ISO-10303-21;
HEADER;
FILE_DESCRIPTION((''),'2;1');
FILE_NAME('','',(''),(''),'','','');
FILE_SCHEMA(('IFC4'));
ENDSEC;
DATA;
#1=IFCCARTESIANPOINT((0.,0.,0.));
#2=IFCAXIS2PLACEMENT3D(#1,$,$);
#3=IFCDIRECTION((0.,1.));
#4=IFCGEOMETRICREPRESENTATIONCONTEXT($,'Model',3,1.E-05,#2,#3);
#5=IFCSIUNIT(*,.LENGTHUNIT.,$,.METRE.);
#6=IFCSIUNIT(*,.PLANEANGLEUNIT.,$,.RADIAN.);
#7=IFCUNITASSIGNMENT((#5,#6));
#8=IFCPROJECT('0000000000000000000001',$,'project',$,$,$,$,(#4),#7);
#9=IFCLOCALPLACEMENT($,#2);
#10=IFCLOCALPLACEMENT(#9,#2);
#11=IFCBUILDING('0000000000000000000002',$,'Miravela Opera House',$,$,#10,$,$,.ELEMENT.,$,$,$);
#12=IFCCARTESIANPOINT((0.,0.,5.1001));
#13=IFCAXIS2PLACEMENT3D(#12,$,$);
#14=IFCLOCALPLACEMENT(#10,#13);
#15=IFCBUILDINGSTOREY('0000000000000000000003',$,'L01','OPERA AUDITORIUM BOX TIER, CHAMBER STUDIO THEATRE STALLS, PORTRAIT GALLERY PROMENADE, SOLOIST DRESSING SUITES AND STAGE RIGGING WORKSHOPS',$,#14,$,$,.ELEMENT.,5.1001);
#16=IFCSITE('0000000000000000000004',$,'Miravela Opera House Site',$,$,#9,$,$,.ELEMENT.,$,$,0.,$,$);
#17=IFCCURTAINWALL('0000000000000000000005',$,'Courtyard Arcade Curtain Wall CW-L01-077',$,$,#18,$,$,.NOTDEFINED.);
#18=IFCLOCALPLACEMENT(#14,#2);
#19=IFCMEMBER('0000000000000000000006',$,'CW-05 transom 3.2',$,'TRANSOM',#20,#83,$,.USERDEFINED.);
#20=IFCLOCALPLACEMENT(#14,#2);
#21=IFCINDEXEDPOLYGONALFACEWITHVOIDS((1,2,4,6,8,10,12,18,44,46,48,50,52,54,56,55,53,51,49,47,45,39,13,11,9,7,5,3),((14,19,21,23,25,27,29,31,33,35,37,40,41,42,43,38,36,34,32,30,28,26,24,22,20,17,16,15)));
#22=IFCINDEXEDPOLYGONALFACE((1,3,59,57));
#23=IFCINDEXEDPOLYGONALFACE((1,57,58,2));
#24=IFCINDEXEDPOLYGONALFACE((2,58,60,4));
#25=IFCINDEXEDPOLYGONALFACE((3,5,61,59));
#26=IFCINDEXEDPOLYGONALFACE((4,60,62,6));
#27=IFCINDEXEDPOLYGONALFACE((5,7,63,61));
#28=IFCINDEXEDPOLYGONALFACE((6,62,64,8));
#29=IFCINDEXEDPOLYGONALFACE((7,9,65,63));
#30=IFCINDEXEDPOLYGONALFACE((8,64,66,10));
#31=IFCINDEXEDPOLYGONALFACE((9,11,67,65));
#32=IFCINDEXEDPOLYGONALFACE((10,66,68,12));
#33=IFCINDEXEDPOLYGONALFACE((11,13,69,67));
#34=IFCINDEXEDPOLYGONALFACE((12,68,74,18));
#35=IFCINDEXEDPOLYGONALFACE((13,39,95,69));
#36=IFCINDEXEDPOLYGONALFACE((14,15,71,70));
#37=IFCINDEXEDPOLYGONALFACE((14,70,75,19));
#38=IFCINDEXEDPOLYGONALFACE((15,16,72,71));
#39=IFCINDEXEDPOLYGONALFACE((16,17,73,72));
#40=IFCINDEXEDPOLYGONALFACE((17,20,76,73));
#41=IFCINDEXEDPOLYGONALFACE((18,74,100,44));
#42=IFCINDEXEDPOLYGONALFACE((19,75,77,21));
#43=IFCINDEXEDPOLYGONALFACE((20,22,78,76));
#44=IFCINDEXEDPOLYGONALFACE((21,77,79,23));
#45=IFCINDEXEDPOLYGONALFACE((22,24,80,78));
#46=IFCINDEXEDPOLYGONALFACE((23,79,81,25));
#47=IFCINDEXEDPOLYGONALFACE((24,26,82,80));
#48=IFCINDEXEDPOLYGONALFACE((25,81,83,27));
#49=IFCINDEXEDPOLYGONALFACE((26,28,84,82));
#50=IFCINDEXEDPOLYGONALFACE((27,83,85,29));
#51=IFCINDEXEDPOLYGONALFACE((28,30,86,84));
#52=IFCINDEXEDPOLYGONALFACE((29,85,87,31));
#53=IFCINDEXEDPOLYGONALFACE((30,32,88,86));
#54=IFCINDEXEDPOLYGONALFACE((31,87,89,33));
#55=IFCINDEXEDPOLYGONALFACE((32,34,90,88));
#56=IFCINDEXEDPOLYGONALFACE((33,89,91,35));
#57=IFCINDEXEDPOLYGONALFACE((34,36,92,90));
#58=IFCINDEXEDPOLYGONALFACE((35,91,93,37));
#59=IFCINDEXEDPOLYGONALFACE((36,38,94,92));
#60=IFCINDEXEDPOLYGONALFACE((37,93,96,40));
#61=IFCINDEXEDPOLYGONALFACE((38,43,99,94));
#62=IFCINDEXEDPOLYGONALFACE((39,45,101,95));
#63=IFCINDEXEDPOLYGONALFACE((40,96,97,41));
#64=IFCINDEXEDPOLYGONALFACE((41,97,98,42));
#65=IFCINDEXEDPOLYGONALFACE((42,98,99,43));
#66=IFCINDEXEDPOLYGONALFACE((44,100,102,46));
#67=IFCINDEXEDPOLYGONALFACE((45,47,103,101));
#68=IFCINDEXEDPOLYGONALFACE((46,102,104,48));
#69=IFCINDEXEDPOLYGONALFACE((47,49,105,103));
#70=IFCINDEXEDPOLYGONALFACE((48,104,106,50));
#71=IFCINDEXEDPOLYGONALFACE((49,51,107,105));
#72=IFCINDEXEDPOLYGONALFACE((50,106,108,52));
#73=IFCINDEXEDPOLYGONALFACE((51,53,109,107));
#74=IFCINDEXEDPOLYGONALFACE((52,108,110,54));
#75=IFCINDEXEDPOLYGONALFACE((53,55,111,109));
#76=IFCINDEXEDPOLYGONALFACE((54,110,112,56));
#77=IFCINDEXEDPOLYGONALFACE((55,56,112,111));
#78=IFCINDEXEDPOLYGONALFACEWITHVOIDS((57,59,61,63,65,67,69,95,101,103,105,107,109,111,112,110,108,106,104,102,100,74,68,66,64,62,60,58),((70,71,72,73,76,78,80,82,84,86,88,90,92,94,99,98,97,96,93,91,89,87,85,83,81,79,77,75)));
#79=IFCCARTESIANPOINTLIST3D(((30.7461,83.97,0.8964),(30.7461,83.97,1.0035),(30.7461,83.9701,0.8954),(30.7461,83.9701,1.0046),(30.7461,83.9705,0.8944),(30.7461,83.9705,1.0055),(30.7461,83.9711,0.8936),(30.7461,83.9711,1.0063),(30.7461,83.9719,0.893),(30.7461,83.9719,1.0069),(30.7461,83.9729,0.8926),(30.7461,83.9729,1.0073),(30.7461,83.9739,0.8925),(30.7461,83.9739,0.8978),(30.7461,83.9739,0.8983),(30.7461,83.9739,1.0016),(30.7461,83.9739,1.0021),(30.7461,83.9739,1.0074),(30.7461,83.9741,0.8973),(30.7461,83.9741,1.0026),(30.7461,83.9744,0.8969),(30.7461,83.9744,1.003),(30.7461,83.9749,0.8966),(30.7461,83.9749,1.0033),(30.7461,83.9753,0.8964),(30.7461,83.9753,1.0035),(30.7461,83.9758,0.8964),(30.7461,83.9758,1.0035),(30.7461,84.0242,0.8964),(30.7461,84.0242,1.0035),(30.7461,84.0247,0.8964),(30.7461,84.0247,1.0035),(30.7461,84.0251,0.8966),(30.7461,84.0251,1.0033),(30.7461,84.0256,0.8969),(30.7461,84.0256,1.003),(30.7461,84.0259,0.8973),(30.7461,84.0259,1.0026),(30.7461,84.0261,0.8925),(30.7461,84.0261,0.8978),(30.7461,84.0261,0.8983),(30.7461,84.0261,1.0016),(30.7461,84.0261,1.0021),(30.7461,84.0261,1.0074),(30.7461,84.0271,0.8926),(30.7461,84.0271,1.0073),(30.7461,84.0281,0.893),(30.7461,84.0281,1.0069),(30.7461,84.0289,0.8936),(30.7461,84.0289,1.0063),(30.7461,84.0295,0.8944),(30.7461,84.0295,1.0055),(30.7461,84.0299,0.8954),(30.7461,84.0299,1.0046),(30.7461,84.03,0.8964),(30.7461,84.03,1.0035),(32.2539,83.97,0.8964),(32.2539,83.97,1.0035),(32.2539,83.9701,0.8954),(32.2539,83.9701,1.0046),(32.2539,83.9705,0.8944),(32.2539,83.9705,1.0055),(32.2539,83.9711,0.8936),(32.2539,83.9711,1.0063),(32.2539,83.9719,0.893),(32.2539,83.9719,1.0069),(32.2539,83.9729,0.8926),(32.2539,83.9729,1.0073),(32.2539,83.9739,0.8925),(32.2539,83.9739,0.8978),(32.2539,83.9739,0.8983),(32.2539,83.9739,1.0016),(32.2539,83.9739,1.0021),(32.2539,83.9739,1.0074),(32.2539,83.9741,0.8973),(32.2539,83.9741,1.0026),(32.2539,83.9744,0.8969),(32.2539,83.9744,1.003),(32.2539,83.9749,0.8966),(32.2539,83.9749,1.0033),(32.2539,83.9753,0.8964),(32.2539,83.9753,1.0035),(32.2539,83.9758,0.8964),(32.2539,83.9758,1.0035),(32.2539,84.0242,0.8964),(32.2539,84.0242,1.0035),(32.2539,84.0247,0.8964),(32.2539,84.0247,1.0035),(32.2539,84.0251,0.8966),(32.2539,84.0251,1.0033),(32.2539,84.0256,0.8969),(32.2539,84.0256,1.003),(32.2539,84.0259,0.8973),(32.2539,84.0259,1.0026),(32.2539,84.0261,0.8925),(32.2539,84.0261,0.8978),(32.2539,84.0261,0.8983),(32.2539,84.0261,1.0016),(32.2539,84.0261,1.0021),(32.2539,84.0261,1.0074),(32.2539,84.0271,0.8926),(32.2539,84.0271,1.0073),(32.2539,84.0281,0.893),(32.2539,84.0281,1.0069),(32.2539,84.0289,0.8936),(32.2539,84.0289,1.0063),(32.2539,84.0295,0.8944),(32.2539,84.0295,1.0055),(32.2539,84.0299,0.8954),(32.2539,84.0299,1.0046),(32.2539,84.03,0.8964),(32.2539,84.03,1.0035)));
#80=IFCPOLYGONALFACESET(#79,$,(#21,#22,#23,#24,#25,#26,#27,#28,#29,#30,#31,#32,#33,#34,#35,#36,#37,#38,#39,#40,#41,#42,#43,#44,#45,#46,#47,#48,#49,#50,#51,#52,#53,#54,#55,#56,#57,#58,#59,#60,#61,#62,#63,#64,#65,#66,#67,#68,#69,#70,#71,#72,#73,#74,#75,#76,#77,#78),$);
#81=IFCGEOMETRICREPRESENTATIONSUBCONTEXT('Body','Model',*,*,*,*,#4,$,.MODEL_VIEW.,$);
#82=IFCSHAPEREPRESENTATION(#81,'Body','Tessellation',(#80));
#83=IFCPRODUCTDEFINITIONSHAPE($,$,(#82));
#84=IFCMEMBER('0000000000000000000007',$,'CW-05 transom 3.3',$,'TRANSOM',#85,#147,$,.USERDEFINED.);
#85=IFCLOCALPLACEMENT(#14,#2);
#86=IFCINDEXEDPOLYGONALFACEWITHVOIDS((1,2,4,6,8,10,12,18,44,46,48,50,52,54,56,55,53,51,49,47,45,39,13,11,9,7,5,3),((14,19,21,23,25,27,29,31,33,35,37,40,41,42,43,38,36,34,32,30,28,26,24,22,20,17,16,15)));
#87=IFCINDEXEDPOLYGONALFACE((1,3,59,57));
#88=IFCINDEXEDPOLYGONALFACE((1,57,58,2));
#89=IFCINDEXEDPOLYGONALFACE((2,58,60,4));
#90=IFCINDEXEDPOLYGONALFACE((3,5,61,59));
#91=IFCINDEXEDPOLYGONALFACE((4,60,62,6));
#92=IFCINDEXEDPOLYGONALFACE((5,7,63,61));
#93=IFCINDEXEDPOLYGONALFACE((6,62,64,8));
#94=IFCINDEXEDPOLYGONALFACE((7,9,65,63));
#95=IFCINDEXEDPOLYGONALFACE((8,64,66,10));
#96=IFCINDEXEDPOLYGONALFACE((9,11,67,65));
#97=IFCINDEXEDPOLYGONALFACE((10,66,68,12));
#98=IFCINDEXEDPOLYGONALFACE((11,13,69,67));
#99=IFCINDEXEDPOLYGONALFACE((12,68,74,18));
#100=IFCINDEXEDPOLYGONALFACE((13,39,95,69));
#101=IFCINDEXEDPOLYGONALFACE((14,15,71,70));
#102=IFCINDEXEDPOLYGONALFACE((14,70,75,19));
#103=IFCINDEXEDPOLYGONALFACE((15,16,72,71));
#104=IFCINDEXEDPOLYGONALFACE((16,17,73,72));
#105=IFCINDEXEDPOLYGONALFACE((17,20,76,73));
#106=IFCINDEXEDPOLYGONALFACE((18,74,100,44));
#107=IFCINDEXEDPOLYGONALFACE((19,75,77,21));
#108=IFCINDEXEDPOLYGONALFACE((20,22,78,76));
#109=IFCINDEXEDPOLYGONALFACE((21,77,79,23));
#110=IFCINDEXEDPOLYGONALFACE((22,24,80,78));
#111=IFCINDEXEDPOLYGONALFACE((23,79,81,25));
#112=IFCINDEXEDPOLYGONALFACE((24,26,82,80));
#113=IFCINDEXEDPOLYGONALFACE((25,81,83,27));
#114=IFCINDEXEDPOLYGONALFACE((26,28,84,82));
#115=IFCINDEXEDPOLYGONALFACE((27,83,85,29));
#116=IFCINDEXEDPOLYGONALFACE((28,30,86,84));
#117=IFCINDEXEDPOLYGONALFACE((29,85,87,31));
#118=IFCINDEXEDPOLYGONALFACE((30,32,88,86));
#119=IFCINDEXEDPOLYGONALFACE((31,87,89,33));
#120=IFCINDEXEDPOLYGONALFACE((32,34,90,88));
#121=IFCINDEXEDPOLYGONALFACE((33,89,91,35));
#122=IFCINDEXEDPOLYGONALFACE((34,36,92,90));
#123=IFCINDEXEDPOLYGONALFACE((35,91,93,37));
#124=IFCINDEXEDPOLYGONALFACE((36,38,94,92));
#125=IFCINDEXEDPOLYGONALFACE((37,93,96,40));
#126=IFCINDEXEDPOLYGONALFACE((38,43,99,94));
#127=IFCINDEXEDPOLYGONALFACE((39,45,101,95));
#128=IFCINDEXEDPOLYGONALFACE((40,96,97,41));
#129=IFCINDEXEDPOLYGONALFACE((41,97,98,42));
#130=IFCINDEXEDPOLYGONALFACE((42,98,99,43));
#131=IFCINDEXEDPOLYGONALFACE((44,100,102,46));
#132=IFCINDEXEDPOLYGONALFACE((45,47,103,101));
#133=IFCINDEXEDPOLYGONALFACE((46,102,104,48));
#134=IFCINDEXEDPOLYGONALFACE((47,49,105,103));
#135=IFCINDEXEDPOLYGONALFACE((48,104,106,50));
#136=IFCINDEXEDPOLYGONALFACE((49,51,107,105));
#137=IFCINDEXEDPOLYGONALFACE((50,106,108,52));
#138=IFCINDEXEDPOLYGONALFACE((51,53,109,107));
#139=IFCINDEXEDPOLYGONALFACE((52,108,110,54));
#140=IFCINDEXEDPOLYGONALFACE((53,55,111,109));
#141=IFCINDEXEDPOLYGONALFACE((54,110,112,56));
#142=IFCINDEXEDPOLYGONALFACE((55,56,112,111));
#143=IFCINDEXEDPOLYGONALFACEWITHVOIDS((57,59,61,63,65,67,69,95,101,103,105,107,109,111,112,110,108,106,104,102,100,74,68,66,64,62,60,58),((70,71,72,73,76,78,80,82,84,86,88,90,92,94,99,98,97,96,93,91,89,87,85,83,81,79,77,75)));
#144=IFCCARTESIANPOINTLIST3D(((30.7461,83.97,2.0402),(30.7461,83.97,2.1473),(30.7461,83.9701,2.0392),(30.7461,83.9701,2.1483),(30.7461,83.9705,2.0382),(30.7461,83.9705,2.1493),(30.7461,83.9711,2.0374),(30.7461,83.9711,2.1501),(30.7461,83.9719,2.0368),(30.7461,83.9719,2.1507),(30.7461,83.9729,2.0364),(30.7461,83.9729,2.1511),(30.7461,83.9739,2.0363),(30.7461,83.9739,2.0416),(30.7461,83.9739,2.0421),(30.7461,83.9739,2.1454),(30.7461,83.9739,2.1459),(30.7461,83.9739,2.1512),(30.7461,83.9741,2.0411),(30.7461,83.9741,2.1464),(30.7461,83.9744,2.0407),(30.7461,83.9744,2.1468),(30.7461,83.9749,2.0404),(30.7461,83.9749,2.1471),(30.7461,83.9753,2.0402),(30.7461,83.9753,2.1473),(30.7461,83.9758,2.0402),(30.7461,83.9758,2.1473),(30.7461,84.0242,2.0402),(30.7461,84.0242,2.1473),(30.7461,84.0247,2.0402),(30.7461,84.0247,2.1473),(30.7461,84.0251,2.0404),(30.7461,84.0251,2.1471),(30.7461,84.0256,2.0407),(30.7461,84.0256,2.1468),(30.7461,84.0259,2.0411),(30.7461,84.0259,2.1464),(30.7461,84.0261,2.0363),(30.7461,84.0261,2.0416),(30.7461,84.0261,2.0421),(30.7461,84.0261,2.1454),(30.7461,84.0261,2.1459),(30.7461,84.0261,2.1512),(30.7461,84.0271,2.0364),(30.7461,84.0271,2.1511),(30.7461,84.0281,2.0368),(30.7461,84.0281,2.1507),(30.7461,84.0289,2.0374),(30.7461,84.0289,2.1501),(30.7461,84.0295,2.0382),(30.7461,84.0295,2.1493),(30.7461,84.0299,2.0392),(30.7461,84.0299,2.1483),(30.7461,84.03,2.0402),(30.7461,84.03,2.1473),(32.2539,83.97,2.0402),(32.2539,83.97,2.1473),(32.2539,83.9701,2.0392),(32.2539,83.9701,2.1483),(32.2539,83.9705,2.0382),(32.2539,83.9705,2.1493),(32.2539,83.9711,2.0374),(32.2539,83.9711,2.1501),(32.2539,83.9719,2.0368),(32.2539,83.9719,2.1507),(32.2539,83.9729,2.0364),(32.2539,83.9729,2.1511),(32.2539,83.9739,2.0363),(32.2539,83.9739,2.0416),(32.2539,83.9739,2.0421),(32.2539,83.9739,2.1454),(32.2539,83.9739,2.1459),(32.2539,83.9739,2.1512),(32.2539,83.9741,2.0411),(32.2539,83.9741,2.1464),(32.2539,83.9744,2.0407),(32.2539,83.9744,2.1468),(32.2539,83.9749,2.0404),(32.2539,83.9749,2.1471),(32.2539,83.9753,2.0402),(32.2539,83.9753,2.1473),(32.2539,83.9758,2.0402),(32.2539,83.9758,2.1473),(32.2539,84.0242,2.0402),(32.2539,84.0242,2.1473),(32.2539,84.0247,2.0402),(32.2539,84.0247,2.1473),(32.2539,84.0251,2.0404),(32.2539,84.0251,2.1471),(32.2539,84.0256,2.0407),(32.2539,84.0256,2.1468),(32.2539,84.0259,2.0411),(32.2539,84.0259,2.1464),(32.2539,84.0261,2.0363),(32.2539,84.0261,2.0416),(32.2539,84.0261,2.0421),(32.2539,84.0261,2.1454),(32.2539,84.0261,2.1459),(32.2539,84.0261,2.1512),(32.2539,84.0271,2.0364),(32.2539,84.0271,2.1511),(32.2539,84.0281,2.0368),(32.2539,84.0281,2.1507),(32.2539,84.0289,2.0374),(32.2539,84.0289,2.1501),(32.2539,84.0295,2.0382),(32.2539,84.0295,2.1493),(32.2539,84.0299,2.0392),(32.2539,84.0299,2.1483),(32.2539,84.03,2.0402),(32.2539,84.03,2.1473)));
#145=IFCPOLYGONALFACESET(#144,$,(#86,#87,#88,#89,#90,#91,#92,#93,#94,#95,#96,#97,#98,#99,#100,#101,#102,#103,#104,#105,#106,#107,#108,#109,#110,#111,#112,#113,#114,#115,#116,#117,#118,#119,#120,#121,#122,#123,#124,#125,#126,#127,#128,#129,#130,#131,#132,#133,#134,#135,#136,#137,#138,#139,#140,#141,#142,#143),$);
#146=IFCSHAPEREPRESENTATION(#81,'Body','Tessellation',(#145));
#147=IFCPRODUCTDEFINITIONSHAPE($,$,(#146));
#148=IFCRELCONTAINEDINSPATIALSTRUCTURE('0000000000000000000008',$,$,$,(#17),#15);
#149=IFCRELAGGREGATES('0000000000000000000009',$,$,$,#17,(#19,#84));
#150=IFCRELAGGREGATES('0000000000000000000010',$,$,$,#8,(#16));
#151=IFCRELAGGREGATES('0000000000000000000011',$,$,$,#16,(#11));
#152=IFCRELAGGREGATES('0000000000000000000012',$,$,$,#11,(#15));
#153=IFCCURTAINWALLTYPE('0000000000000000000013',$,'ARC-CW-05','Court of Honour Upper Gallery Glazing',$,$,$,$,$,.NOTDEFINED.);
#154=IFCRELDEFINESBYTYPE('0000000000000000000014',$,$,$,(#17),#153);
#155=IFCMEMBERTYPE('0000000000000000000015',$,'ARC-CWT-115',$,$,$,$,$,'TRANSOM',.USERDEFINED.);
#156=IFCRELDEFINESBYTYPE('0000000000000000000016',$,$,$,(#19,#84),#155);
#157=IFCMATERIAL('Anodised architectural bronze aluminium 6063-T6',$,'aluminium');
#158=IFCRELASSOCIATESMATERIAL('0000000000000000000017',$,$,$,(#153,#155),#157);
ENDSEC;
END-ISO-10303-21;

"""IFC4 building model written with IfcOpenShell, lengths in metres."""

from ifc_helpers import new_model, si_unit, direction, frame, origin, origin_2d, place, context, subcontext, project, spatial, hollow_rectangle, extrude, material, material_profile, profile_set, type_object, element, aggregate, save


model = new_model("IFC4")

# Units and contexts
model_context = context("Model", 3, precision=1e-05, world=origin(), true_north=direction((0.0, 1.0)))
body_context = subcontext(model_context, "Body", "Model", "MODEL_VIEW")
ifc_project = project(units=[si_unit("LENGTHUNIT", "METRE"), si_unit("PLANEANGLEUNIT", "RADIAN")], contexts=[model_context])

# Site, building, storey
site_placement = place(None, origin())
site = spatial("IfcSite", under=ifc_project, at=site_placement, Name="Miravela Opera House Site", CompositionType="ELEMENT", RefElevation=0.0)
building_placement = place(site_placement, origin())
building = spatial("IfcBuilding", under=site, at=building_placement, Name="Miravela Opera House", CompositionType="ELEMENT")
storey_placement = place(building_placement, frame((0.0, 0.0, 5.1001)))
storey = spatial("IfcBuildingStorey", under=building, at=storey_placement, Name="L01", Description="OPERA AUDITORIUM BOX TIER, CHAMBER STUDIO THEATRE STALLS, PORTRAIT GALLERY PROMENADE, SOLOIST DRESSING SUITES AND STAGE RIGGING WORKSHOPS", CompositionType="ELEMENT", Elevation=5.1001)

# Curtain wall, members
ifc_material_1 = material(Name="Anodised architectural bronze aluminium 6063-T6", Category="aluminium")
curtain_wall_type = type_object("IfcCurtainWallType", Name="ARC-CW-05", Description="Court of Honour Upper Gallery Glazing", PredefinedType="NOTDEFINED", material=ifc_material_1)
curtain_wall_placement = place(storey_placement, origin())
curtain_wall = element("IfcCurtainWall", 1, at=curtain_wall_placement, inside=storey, type_object=curtain_wall_type, Name="Courtyard Arcade Curtain Wall CW-L01-077", PredefinedType="NOTDEFINED")
ifc_material_profile_1 = material_profile(ifc_material_1, hollow_rectangle(XDim=0.0601, YDim=0.115, WallThickness=0.0039, InnerFilletRadius=0.002, OuterFilletRadius=0.0039, at=origin_2d()), Name="CWT-60X115")
ifc_profile_set_1 = profile_set([ifc_material_profile_1])
member_type_1 = type_object("IfcMemberType", Name="ARC-CWT-115", ElementType="TRANSOM", PredefinedType="USERDEFINED", material=ifc_profile_set_1)
member_1_placement = place(storey_placement, frame((30.7461, 84.0, 0.95), z_axis=(1.0, 0.0, 0.0), x_axis=(0.0, 1.0, 0.0)))
member_1 = element("IfcMember", 2, at=member_1_placement, type_object=member_type_1, Name="CW-05 transom 3.2", ObjectType="TRANSOM", PredefinedType="USERDEFINED", context=body_context, shape_type="SweptSolid", body=[
    extrude(hollow_rectangle(XDim=0.0601, YDim=0.115, WallThickness=0.0039, InnerFilletRadius=0.002, OuterFilletRadius=0.0039, at=origin_2d()), origin(), (0.0, 0.0, 1.0), 1.5078),
])
member_2_placement = place(storey_placement, frame((30.7461, 84.0, 2.0938), z_axis=(1.0, 0.0, 0.0), x_axis=(0.0, 1.0, 0.0)))
member_2 = element("IfcMember", 3, at=member_2_placement, type_object=member_type_1, Name="CW-05 transom 3.3", ObjectType="TRANSOM", PredefinedType="USERDEFINED", context=body_context, shape_type="SweptSolid", body=[
    extrude(hollow_rectangle(XDim=0.0601, YDim=0.115, WallThickness=0.0039, InnerFilletRadius=0.002, OuterFilletRadius=0.0039, at=origin_2d()), origin(), (0.0, 0.0, 1.0), 1.5078),
])
aggregate(curtain_wall, [member_1, member_2])

save(model, "model.ifc")
